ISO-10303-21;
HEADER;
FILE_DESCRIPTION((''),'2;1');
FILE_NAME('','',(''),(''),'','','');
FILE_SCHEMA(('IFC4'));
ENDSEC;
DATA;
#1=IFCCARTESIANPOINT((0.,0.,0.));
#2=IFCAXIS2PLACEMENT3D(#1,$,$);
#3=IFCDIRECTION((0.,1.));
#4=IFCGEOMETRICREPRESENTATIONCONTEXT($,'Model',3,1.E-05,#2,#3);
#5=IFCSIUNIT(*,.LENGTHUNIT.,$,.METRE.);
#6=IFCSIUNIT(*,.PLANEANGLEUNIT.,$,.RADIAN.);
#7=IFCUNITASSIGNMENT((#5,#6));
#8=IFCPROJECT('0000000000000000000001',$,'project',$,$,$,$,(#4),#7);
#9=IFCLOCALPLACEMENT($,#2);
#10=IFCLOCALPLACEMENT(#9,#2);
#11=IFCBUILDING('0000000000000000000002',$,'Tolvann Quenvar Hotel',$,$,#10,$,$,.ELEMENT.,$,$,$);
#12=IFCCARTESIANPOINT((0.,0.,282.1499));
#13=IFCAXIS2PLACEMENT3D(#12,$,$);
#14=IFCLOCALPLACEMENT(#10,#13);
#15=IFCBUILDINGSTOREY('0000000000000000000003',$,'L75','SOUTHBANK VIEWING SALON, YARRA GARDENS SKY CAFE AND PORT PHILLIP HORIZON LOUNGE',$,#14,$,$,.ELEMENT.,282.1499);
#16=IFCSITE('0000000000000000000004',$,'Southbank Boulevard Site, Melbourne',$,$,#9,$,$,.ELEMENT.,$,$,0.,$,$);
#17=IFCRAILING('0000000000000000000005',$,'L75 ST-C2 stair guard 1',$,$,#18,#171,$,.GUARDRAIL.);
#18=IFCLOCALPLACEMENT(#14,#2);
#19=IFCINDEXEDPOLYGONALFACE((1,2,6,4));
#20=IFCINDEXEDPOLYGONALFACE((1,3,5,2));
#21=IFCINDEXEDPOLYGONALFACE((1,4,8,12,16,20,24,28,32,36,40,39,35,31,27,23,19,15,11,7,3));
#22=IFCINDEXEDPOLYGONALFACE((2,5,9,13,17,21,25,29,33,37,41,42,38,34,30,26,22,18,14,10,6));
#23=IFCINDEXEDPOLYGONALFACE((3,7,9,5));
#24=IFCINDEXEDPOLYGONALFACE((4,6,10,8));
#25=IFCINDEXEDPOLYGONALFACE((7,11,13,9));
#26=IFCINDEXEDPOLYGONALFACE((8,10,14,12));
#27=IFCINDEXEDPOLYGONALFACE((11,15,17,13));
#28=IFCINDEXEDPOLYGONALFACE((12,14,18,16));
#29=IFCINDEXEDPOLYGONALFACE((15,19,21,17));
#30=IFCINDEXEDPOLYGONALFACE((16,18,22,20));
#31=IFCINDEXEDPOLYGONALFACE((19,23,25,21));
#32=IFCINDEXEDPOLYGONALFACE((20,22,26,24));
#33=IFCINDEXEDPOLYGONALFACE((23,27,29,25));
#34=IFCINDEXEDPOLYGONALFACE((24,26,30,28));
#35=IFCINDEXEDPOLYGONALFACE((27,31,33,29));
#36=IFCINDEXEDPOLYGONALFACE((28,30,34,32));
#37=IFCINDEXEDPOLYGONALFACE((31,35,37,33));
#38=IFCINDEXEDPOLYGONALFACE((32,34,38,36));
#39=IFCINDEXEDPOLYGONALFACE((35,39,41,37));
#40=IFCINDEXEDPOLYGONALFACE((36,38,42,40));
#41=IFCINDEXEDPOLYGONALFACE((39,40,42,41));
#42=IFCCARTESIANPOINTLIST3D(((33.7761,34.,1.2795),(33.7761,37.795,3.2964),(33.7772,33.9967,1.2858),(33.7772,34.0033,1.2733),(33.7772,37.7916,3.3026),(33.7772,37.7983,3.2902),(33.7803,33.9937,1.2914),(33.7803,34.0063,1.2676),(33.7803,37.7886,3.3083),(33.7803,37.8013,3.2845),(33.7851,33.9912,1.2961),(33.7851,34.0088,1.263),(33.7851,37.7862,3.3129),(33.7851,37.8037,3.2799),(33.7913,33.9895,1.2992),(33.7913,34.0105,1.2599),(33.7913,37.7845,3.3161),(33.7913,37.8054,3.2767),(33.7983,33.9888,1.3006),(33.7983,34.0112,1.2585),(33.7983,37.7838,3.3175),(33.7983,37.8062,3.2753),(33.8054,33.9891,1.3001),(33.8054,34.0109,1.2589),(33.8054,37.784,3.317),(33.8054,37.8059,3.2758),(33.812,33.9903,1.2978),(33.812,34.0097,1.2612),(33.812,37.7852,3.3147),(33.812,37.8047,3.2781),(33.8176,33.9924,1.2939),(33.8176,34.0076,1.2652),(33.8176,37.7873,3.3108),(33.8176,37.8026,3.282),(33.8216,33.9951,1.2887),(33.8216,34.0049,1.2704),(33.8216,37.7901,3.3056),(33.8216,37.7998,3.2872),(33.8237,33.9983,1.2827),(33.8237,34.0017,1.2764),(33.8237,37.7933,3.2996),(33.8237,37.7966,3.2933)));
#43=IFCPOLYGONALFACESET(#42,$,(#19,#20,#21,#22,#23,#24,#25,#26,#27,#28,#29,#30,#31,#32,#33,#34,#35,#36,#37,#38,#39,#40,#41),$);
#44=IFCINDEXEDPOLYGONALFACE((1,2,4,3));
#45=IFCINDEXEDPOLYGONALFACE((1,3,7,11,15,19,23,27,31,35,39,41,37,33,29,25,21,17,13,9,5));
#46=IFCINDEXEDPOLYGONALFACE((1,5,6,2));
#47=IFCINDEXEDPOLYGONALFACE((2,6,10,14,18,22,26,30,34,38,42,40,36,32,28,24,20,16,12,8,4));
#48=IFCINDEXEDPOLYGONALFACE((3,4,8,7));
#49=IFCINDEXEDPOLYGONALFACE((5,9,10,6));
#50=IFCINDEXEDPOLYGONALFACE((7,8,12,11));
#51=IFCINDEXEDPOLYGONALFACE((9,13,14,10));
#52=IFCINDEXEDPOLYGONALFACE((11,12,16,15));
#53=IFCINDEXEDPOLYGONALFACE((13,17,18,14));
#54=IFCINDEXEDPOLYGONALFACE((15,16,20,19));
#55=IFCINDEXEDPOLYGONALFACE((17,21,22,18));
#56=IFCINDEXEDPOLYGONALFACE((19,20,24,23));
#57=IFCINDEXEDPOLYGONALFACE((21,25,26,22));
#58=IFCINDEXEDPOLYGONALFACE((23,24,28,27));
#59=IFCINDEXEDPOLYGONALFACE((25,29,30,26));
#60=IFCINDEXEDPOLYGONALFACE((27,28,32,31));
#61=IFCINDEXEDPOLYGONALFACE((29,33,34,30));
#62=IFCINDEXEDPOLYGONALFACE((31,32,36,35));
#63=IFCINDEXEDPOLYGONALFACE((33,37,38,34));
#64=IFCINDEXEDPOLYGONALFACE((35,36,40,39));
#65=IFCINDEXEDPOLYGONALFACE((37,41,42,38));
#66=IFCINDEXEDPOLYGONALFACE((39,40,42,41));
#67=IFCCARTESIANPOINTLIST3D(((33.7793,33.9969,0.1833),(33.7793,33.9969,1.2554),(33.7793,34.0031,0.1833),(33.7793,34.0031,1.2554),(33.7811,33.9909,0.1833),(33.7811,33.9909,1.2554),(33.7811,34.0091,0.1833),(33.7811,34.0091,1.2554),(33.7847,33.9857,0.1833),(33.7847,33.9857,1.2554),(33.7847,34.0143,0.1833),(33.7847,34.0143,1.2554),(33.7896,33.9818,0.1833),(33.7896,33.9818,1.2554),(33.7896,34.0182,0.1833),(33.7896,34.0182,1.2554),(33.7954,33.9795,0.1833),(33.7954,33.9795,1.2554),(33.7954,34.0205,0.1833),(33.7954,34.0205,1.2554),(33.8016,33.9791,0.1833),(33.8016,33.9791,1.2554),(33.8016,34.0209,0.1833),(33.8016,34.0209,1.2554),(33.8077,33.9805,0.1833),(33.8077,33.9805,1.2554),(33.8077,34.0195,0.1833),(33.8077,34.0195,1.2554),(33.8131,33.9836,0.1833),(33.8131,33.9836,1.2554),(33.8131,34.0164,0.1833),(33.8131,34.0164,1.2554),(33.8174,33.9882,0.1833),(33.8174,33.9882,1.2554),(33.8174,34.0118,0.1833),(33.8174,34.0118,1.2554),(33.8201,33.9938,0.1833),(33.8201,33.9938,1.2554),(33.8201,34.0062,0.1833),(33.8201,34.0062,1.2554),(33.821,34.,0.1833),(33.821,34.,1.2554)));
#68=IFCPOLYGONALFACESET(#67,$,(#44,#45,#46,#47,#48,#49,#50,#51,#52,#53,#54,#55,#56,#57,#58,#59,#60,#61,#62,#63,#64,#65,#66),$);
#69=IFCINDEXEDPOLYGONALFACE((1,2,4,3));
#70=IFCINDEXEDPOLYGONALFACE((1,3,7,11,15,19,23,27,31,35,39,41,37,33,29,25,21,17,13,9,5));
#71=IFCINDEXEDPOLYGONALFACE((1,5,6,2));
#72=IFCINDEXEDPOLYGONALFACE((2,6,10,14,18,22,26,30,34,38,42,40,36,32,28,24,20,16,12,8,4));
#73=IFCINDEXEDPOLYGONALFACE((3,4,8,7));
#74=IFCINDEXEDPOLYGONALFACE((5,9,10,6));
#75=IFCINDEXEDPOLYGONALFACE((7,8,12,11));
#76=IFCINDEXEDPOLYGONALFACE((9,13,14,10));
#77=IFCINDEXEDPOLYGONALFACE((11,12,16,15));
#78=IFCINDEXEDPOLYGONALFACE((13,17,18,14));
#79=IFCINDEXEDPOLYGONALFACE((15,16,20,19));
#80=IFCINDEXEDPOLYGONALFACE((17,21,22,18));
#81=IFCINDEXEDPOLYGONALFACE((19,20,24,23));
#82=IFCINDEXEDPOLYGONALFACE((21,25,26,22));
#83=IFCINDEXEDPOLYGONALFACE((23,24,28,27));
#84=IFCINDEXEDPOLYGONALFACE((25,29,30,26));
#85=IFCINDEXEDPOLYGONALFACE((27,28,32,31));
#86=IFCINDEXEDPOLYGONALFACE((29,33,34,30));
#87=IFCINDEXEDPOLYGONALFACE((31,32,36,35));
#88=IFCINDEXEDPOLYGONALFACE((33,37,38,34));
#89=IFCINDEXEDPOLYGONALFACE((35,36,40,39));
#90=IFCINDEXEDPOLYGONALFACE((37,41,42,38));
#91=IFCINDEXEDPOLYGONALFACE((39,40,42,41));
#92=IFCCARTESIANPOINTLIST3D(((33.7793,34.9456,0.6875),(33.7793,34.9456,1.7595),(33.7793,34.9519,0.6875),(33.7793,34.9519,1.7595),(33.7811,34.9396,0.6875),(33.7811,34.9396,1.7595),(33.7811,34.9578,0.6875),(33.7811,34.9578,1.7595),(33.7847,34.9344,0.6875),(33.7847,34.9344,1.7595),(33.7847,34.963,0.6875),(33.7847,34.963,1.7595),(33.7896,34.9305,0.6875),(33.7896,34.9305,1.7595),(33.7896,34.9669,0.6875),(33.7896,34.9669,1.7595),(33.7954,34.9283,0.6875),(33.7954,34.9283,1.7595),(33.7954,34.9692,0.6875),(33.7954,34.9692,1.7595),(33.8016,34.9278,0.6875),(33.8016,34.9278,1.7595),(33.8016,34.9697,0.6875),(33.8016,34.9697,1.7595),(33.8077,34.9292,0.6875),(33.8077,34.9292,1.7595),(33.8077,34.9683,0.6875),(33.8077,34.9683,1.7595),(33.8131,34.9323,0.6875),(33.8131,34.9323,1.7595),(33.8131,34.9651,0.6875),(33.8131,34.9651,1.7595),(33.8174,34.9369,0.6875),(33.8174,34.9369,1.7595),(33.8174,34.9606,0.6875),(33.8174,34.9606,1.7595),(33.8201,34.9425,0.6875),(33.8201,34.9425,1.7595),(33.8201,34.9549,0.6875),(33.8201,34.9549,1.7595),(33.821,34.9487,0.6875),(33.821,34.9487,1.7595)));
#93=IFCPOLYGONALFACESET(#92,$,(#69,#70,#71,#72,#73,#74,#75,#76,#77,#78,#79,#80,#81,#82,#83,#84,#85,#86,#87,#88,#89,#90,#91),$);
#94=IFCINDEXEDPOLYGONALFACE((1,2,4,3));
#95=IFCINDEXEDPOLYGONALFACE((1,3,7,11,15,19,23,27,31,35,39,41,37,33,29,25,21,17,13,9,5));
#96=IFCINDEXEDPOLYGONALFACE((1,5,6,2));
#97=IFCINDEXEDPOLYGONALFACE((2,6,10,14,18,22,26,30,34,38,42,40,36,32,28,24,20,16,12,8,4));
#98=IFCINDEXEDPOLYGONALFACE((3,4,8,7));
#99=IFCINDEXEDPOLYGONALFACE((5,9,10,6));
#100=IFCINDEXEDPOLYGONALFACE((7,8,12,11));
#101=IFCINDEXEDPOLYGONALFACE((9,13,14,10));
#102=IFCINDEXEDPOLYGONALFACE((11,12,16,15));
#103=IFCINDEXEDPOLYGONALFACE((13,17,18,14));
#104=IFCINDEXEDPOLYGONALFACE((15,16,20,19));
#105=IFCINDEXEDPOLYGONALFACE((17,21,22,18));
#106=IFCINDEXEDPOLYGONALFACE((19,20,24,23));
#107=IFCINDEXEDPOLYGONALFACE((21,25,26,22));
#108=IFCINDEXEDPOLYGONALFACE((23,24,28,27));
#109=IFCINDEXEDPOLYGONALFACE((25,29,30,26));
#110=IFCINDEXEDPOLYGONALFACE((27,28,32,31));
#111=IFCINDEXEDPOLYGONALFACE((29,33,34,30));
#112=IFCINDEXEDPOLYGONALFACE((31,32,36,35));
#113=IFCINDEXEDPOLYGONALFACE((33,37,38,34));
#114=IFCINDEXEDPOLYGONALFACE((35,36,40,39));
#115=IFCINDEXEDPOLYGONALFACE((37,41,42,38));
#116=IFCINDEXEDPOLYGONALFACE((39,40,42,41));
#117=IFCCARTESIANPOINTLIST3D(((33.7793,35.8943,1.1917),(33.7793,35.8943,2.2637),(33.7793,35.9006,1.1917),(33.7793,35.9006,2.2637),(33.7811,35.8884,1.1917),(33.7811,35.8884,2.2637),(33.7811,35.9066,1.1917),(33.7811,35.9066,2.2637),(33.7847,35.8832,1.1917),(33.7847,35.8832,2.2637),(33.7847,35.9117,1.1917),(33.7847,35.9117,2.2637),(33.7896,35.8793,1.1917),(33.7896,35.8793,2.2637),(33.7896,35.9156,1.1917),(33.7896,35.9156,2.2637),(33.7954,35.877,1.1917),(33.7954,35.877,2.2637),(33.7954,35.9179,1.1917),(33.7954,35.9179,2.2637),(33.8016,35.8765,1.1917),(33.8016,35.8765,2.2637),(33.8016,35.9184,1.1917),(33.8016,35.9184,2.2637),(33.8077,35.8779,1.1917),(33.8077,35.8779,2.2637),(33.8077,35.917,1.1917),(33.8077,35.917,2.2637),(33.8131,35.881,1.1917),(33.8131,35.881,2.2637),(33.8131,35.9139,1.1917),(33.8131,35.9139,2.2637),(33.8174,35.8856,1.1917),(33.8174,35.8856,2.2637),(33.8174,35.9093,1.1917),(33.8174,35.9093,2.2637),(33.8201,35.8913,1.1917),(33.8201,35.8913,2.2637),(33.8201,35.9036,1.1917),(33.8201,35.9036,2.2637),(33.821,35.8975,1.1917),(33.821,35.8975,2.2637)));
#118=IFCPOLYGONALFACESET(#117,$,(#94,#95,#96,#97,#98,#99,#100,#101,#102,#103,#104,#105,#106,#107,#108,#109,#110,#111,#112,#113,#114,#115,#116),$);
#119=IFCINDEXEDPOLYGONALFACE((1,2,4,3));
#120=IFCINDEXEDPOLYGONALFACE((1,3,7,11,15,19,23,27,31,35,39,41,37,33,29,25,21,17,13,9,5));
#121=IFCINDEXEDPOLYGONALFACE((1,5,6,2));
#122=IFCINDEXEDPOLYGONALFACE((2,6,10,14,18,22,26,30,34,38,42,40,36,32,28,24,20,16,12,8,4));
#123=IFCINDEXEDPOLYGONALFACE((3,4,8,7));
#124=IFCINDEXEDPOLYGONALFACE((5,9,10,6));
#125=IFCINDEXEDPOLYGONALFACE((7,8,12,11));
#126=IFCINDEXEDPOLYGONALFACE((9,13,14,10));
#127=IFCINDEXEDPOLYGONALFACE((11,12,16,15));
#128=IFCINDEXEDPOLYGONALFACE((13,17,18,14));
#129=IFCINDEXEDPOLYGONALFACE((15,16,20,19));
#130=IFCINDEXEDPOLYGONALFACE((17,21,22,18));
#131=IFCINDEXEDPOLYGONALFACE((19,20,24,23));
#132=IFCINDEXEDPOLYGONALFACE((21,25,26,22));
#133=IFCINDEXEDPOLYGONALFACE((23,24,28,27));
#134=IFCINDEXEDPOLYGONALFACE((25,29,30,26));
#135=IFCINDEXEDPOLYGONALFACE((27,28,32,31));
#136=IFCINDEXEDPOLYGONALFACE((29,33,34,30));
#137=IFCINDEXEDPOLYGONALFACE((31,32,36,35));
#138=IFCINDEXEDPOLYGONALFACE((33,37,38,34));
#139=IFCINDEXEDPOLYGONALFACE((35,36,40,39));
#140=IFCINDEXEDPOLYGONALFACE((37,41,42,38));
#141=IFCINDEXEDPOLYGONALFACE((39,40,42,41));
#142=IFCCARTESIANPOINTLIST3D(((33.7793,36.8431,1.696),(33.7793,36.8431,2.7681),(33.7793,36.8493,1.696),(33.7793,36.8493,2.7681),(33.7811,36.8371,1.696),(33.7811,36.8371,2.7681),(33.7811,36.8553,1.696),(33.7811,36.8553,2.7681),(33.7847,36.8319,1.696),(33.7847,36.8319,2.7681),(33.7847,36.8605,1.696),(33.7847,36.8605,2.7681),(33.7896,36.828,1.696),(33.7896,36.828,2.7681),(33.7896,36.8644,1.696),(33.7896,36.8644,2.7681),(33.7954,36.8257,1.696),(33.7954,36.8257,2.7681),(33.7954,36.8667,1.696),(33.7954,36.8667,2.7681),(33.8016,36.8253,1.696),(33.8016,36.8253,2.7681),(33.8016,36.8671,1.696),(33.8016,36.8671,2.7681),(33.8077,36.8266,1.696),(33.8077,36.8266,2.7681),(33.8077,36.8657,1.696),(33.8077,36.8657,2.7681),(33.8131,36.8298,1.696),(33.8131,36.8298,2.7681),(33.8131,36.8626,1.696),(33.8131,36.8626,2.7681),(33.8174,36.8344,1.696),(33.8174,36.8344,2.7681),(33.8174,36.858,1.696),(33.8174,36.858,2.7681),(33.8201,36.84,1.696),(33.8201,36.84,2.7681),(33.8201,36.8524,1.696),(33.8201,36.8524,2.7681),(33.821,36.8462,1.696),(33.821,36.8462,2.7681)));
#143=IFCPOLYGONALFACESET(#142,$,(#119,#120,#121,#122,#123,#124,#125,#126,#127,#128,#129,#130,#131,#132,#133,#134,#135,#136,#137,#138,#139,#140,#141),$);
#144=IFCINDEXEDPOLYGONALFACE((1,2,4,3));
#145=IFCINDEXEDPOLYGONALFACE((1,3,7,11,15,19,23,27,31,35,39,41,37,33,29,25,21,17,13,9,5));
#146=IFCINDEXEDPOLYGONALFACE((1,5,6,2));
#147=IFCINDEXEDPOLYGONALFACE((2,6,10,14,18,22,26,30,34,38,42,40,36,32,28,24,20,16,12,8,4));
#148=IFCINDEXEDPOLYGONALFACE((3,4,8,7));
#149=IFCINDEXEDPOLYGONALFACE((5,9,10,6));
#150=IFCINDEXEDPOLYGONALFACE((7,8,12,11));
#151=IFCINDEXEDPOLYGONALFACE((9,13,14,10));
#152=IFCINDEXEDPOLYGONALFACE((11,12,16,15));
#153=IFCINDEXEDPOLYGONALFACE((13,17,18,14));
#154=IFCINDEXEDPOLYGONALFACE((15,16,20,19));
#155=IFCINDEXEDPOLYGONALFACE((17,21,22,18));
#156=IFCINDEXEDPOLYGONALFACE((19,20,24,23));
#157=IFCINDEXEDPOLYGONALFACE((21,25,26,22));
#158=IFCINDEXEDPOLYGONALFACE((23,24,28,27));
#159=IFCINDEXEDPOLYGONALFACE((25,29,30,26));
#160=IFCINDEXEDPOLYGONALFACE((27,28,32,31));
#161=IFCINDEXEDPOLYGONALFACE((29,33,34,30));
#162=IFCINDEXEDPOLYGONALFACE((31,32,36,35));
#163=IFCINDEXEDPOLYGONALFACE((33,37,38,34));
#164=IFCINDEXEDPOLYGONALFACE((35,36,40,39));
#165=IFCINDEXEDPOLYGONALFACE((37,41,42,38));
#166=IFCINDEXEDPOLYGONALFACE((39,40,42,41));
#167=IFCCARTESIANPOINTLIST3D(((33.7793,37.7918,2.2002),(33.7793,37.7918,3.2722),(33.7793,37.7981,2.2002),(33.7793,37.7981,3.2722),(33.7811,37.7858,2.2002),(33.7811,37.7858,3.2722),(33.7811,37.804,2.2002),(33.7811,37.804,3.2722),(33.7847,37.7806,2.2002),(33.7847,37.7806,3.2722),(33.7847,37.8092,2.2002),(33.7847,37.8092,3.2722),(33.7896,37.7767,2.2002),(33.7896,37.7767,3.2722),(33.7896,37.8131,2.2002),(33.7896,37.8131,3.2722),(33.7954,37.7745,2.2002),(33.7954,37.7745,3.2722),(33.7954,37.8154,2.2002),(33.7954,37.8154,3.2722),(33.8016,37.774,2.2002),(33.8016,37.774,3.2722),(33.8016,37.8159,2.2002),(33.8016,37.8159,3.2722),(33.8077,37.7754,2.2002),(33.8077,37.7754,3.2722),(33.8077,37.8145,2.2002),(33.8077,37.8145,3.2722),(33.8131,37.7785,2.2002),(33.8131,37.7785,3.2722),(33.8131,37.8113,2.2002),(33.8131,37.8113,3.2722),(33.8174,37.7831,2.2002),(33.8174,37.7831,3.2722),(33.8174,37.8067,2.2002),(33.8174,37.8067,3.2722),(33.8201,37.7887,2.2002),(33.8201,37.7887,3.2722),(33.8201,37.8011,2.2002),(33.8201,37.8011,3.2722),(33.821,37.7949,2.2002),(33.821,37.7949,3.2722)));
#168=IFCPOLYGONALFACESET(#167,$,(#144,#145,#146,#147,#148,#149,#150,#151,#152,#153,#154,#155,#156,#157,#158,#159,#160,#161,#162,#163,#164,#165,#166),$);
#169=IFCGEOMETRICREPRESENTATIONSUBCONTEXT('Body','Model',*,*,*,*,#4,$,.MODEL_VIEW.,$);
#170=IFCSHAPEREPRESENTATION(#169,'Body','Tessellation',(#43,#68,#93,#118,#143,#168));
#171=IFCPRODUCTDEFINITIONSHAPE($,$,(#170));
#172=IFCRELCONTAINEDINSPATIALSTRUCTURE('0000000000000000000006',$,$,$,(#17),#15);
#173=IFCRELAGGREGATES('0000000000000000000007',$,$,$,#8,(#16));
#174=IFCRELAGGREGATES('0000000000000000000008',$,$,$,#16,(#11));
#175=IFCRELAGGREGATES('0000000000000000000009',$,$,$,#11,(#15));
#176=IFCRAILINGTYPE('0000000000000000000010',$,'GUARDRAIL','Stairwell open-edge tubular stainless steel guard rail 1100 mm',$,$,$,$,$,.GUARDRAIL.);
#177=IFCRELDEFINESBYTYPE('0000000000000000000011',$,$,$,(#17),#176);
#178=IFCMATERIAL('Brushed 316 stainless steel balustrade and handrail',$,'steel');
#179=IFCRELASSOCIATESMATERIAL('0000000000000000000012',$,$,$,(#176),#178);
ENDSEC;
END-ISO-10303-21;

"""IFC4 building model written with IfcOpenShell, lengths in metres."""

from ifc_helpers import new_model, si_unit, direction, frame, origin, origin_2d, place, context, subcontext, project, spatial, circle, extrude, material, type_object, element, save


model = new_model("IFC4")

# Units and contexts
model_context = context("Model", 3, precision=1e-05, world=origin(), true_north=direction((0.0, 1.0)))
body_context = subcontext(model_context, "Body", "Model", "MODEL_VIEW")
ifc_project = project(units=[si_unit("LENGTHUNIT", "METRE"), si_unit("PLANEANGLEUNIT", "RADIAN")], contexts=[model_context])

# Site, building, storey
site_placement = place(None, origin())
site = spatial("IfcSite", under=ifc_project, at=site_placement, Name="Southbank Boulevard Site, Melbourne", CompositionType="ELEMENT", RefElevation=0.0)
building_placement = place(site_placement, origin())
building = spatial("IfcBuilding", under=site, at=building_placement, Name="Tolvann Quenvar Hotel", CompositionType="ELEMENT")
storey_placement = place(building_placement, frame((0.0, 0.0, 282.1499)))
storey = spatial("IfcBuildingStorey", under=building, at=storey_placement, Name="L75", Description="SOUTHBANK VIEWING SALON, YARRA GARDENS SKY CAFE AND PORT PHILLIP HORIZON LOUNGE", CompositionType="ELEMENT", Elevation=282.1499)

# Railing
ifc_material_1 = material(Name="Brushed 316 stainless steel balustrade and handrail", Category="steel")
railing_type_1 = type_object("IfcRailingType", Name="GUARDRAIL", Description="Stairwell open-edge tubular stainless steel guard rail 1100 mm", PredefinedType="GUARDRAIL", material=ifc_material_1)
railing_1_placement = place(storey_placement, frame((33.8, 34.0, 0.1833)))
element("IfcRailing", 1, at=railing_1_placement, inside=storey, type_object=railing_type_1, Name="L75 ST-C2 stair guard 1", PredefinedType="GUARDRAIL", context=body_context, shape_type="SweptSolid", body=[
    extrude(circle(Radius=0.0239, at=origin_2d()), frame((0.0, 0.0, 1.0962), z_axis=(0.0, 0.883039, 0.469299), x_axis=(-1.0, 0.0, 0.0)), (0.0, 0.0, 1.0), 4.2976),
    extrude(circle(Radius=0.021, at=origin_2d()), origin(), (0.0, 0.0, 1.0), 1.072),
    extrude(circle(Radius=0.021, at=origin_2d()), frame((0.0, 0.9487, 0.5042)), (0.0, 0.0, 1.0), 1.072),
    extrude(circle(Radius=0.021, at=origin_2d()), frame((0.0, 1.8975, 1.0083)), (0.0, 0.0, 1.0), 1.072),
    extrude(circle(Radius=0.021, at=origin_2d()), frame((0.0, 2.8462, 1.5127)), (0.0, 0.0, 1.0), 1.072),
    extrude(circle(Radius=0.021, at=origin_2d()), frame((0.0, 3.7949, 2.0168)), (0.0, 0.0, 1.0), 1.072),
])

save(model, "model.ifc")
